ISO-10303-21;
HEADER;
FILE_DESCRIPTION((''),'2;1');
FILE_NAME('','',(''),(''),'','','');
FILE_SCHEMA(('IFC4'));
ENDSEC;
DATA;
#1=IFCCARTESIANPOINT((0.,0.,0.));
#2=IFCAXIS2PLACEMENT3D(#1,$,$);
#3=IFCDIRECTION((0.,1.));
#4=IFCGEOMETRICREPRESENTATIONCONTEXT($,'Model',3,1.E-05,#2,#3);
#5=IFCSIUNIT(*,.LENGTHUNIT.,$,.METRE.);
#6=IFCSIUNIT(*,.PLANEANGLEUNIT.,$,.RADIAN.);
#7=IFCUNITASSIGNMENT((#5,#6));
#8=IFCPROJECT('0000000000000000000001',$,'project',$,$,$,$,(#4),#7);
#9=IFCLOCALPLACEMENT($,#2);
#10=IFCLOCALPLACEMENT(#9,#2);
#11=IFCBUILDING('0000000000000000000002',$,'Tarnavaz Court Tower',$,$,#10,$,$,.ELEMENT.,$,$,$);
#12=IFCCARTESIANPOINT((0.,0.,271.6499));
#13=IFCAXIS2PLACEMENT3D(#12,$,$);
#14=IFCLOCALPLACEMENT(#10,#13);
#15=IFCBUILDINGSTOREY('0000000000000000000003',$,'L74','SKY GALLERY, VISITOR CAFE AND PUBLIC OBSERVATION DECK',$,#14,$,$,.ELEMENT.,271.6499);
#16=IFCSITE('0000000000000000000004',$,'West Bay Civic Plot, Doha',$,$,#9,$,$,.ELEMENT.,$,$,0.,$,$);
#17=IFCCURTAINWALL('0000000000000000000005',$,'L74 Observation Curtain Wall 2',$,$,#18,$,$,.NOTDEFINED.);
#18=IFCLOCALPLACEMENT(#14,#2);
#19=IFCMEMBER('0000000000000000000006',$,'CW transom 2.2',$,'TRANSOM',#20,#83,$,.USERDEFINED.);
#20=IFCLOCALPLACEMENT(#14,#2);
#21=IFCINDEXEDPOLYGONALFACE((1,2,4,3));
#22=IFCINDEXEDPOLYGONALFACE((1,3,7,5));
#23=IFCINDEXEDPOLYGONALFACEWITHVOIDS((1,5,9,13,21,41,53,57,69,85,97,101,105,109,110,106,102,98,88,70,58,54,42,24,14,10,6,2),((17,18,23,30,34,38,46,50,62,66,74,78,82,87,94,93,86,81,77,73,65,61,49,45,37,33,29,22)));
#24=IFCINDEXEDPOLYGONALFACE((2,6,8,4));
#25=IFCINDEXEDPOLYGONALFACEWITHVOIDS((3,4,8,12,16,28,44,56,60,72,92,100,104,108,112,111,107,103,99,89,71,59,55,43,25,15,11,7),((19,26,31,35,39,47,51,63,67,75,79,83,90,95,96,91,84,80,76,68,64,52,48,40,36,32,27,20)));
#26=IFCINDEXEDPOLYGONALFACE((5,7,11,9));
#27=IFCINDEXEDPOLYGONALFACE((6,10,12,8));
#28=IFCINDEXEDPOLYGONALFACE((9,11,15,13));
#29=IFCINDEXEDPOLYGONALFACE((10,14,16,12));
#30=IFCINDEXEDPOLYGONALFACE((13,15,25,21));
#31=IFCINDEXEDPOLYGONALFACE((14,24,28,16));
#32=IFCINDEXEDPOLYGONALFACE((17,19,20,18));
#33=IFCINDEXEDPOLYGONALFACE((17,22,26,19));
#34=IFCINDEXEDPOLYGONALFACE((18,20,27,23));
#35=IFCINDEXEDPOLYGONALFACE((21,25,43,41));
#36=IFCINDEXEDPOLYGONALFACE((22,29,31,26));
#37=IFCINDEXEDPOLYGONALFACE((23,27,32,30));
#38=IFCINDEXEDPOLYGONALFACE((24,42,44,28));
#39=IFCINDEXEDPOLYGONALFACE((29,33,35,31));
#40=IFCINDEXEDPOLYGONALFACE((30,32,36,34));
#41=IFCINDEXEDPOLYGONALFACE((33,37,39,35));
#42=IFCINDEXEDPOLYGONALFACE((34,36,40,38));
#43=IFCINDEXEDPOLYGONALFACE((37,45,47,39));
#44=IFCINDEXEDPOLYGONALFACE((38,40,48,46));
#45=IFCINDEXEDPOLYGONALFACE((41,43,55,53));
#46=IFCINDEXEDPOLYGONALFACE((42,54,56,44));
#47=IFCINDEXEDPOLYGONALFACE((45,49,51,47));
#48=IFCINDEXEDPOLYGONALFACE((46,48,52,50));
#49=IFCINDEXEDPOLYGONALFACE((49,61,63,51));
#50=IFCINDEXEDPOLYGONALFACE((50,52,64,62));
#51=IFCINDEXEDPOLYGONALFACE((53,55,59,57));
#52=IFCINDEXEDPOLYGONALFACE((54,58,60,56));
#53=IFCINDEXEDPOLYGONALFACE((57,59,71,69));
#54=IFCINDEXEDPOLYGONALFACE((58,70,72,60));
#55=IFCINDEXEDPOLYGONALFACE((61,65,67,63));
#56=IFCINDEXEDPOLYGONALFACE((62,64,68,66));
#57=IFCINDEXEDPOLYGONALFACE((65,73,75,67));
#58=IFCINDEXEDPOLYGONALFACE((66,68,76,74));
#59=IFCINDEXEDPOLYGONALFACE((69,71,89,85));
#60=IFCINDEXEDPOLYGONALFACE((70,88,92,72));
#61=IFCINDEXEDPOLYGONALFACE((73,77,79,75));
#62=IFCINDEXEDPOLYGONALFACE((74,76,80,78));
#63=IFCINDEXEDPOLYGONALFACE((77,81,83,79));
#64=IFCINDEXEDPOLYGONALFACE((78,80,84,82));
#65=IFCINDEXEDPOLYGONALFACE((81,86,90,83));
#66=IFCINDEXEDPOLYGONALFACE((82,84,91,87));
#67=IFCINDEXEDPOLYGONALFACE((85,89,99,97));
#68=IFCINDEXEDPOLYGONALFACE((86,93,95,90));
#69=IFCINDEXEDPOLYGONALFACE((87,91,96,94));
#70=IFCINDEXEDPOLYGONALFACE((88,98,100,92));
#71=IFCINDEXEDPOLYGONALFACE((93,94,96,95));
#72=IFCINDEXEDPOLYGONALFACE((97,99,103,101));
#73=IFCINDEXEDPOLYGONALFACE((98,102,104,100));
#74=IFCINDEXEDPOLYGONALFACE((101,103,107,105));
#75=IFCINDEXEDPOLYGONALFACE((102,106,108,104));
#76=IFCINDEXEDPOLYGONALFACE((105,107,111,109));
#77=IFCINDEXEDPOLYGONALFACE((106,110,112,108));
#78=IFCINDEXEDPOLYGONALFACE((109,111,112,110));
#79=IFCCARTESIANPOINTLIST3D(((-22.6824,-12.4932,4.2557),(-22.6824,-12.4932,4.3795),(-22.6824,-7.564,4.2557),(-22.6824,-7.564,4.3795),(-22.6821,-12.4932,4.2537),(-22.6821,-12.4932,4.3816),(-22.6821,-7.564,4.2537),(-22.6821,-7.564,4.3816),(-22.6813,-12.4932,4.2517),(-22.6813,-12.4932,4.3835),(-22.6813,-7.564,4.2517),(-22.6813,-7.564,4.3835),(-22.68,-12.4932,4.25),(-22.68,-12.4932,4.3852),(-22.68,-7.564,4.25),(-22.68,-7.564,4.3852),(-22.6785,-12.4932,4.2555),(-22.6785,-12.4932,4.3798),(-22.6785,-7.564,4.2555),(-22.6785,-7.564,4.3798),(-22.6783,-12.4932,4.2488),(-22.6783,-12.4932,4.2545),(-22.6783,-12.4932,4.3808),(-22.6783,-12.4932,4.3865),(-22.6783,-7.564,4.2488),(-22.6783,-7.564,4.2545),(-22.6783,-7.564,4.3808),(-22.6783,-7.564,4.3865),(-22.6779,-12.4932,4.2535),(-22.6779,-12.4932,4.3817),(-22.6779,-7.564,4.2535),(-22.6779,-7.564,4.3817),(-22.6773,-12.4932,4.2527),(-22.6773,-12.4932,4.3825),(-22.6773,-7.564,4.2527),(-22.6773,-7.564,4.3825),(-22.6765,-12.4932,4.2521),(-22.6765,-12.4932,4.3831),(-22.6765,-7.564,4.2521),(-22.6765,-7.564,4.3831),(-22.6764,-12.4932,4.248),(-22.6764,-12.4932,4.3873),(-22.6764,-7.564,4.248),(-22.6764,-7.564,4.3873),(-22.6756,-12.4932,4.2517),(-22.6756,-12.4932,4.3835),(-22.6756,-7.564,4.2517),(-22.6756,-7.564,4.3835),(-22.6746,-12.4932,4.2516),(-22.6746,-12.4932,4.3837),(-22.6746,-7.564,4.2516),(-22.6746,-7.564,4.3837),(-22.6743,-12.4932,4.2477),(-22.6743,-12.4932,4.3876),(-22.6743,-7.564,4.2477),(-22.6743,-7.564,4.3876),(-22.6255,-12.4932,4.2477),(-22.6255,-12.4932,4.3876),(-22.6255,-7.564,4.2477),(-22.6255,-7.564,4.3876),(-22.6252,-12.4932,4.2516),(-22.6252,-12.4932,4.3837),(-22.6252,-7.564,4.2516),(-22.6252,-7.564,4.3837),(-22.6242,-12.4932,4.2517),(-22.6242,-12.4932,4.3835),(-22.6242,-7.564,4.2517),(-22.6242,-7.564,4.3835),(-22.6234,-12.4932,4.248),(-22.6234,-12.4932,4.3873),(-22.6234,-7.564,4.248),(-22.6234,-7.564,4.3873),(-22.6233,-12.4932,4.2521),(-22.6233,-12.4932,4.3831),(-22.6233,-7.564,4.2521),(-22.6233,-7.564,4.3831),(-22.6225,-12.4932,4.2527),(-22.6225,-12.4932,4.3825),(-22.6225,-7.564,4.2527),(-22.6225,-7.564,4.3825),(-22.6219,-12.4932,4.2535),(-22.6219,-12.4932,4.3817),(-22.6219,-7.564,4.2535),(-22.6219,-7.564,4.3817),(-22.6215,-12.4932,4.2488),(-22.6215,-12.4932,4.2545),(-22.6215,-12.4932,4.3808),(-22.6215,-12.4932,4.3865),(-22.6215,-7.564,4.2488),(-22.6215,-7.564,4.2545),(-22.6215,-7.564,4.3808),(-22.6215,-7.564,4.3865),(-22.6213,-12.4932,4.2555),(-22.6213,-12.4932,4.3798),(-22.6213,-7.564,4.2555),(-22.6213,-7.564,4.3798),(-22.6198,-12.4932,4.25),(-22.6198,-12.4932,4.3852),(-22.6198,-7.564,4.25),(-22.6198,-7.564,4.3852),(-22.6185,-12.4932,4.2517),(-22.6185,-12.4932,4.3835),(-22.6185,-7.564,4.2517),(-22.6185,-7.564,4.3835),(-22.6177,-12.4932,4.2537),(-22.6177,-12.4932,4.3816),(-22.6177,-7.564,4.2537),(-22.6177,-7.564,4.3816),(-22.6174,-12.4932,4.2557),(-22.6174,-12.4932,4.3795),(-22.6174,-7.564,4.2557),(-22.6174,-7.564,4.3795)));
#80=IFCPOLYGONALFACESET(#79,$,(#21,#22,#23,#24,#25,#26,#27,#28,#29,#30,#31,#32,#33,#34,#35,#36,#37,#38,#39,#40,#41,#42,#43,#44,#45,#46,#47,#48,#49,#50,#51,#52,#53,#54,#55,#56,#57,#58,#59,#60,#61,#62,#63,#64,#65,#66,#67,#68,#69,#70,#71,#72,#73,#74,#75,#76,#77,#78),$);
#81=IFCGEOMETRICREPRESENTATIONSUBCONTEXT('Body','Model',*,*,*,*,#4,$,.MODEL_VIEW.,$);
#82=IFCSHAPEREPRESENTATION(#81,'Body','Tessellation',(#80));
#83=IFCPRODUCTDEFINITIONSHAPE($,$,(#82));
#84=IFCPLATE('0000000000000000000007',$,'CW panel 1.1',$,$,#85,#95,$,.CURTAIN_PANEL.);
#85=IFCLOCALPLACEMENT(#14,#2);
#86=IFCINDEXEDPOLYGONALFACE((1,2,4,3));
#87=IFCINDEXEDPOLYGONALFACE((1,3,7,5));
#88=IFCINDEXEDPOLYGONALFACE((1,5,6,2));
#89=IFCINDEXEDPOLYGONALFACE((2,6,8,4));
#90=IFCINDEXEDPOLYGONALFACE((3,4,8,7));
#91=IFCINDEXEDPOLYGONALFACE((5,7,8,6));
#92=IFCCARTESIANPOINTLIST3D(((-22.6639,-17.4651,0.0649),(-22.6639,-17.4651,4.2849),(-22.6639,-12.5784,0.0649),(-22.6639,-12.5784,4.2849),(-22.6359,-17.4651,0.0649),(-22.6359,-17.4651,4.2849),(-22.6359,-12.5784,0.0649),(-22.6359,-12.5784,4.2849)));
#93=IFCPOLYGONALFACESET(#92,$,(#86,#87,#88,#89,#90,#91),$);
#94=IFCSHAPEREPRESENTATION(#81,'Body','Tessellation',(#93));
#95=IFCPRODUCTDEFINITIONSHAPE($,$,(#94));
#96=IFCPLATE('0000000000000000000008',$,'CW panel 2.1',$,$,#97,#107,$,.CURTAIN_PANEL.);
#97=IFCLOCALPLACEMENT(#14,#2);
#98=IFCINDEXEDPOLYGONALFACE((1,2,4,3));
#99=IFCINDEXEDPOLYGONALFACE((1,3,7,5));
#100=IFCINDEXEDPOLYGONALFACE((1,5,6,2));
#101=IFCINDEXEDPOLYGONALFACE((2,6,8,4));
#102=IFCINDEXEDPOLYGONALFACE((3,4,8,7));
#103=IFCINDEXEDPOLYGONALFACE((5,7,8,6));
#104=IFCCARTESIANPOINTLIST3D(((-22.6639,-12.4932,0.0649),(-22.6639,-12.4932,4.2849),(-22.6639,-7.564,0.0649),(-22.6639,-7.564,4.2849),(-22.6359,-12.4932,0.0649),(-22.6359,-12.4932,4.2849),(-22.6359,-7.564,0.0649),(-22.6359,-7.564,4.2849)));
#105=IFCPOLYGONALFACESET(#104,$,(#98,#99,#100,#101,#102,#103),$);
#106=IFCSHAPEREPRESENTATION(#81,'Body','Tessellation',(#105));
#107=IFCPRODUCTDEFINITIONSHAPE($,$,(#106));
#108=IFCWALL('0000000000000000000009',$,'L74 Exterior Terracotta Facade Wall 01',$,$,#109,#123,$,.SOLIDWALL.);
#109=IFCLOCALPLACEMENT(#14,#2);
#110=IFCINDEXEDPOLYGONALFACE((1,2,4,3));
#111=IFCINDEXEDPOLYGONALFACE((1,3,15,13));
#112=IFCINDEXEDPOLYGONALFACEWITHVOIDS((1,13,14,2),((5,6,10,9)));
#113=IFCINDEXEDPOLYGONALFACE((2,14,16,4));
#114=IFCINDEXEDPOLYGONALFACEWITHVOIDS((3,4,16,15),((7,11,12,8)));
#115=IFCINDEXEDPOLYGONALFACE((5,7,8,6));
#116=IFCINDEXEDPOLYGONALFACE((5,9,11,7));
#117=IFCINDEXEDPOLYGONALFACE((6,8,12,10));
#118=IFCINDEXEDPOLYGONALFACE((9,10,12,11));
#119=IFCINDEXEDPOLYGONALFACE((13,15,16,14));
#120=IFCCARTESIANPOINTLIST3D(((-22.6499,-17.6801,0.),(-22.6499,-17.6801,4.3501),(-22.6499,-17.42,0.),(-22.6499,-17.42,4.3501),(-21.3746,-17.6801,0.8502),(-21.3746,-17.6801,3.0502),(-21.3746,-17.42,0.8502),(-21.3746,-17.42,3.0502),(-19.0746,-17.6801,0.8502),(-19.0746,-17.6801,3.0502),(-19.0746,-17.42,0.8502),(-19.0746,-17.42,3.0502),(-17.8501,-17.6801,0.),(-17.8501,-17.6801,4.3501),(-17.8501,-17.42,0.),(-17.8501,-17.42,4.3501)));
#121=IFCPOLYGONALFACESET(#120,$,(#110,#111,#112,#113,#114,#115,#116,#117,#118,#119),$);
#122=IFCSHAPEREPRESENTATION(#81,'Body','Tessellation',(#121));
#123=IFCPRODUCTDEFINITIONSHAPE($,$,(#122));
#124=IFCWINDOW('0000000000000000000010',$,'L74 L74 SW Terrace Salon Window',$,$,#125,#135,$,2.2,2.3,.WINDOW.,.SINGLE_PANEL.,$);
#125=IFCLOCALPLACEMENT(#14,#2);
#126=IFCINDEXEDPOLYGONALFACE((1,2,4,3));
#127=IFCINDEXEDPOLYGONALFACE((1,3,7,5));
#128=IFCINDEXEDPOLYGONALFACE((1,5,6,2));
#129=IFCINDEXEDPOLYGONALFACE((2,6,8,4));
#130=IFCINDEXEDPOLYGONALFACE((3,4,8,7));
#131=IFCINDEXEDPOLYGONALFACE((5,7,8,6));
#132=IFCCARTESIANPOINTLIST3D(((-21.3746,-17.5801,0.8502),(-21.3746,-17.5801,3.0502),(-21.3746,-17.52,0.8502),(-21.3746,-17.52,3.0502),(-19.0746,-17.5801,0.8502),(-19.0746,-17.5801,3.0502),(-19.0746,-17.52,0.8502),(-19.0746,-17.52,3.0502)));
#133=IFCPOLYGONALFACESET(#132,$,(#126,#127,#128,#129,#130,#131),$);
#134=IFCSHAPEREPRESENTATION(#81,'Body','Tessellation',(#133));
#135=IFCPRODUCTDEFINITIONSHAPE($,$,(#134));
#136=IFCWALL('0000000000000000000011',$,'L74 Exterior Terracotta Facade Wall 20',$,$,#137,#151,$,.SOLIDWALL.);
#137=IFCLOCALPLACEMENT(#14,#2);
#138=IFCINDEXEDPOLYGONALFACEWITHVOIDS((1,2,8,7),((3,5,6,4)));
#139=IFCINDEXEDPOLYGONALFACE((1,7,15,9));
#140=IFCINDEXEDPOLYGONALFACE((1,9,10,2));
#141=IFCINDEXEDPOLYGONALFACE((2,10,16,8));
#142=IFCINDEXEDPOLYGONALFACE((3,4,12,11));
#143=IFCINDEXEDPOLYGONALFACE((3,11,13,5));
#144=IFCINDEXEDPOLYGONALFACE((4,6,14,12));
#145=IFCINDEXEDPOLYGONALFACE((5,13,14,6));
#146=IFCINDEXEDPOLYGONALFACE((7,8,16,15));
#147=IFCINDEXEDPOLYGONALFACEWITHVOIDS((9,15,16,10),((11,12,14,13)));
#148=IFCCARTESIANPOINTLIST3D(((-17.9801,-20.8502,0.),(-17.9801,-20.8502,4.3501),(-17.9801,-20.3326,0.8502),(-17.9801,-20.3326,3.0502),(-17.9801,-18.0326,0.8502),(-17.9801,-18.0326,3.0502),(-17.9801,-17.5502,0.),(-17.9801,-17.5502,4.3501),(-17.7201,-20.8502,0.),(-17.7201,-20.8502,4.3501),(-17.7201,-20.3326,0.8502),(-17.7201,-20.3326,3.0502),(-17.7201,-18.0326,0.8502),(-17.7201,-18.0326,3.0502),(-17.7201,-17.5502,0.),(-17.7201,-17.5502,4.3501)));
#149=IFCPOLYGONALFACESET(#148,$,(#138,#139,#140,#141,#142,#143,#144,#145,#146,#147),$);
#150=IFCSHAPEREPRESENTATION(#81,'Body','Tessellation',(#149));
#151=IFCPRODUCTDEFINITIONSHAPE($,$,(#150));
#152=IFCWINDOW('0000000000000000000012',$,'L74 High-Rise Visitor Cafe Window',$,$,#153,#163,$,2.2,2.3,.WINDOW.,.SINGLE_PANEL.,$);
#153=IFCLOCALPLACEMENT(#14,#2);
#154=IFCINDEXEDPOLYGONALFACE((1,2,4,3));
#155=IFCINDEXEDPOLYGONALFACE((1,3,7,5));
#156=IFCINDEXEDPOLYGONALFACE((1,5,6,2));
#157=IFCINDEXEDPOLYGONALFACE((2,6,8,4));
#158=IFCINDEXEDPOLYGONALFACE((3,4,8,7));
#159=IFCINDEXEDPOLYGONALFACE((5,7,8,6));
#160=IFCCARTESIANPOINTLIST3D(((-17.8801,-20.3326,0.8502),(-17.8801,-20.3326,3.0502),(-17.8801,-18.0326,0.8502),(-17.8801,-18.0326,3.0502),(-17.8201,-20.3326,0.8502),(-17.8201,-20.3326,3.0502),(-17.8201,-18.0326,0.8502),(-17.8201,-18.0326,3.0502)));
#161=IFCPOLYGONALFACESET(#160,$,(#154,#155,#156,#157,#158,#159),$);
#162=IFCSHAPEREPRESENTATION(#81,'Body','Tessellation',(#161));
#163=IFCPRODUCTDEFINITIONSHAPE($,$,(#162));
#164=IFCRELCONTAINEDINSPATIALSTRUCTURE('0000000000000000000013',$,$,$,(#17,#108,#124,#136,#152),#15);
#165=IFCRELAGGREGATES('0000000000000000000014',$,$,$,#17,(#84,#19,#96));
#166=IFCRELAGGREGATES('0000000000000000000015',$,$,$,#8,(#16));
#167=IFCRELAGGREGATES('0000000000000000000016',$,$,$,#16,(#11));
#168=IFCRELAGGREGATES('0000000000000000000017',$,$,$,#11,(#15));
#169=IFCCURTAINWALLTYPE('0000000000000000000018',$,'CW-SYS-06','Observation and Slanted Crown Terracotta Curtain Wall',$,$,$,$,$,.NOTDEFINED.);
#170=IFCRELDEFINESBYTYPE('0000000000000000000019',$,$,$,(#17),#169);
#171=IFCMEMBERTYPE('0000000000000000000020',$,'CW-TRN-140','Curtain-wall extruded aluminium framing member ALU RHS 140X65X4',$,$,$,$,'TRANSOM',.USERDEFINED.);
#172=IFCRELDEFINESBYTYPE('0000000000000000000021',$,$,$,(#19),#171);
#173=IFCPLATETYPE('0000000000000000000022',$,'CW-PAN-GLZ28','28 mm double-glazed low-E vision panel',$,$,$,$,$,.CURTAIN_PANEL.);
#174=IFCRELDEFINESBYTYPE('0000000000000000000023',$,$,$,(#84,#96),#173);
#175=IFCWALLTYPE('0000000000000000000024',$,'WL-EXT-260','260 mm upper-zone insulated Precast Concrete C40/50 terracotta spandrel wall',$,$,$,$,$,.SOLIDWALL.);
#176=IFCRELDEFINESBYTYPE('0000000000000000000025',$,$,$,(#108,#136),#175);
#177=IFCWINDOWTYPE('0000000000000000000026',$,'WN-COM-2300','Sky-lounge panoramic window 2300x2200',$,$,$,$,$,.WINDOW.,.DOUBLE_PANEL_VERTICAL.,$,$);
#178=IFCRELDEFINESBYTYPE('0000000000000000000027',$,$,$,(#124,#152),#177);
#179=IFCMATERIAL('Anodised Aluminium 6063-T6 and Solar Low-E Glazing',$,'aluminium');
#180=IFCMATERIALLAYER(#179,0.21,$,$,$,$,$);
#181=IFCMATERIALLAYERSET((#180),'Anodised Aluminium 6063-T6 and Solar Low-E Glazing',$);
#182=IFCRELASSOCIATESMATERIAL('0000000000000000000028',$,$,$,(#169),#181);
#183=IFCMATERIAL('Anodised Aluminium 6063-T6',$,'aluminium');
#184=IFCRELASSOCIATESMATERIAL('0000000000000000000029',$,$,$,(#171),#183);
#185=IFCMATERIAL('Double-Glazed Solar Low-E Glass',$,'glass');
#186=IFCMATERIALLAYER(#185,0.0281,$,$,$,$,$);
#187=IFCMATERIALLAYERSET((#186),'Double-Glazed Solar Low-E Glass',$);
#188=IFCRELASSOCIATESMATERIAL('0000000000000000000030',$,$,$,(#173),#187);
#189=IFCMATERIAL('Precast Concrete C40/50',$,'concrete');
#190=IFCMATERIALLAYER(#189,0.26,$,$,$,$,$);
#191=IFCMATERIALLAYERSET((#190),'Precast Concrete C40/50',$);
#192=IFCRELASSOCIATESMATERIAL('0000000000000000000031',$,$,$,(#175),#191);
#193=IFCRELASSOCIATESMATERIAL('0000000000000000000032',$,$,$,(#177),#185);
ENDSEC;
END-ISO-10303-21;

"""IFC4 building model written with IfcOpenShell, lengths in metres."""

from ifc_helpers import new_model, si_unit, direction, frame, frame_2d, origin, origin_2d, place, context, subcontext, project, spatial, rectangle, hollow_rectangle, extrude, material, layer, layer_set, material_profile, profile_set, type_object, element, fill, aggregate, save


model = new_model("IFC4")

# Units and contexts
model_context = context("Model", 3, precision=1e-05, world=origin(), true_north=direction((0.0, 1.0)))
body_context = subcontext(model_context, "Body", "Model", "MODEL_VIEW")
ifc_project = project(units=[si_unit("LENGTHUNIT", "METRE"), si_unit("PLANEANGLEUNIT", "RADIAN")], contexts=[model_context])

# Site, building, storey
site_placement = place(None, origin())
site = spatial("IfcSite", under=ifc_project, at=site_placement, Name="West Bay Civic Plot, Doha", CompositionType="ELEMENT", RefElevation=0.0)
building_placement = place(site_placement, origin())
building = spatial("IfcBuilding", under=site, at=building_placement, Name="Tarnavaz Court Tower", CompositionType="ELEMENT")
storey_placement = place(building_placement, frame((0.0, 0.0, 271.6499)))
storey = spatial("IfcBuildingStorey", under=building, at=storey_placement, Name="L74", Description="SKY GALLERY, VISITOR CAFE AND PUBLIC OBSERVATION DECK", CompositionType="ELEMENT", Elevation=271.6499)

# Curtain wall, member, plates
ifc_material_1 = material(Name="Anodised Aluminium 6063-T6 and Solar Low-E Glazing", Category="aluminium")
ifc_layer_1 = layer(ifc_material_1, 0.21)
ifc_layer_set_1 = layer_set([ifc_layer_1], Name="Anodised Aluminium 6063-T6 and Solar Low-E Glazing")
curtain_wall_type = type_object("IfcCurtainWallType", Name="CW-SYS-06", Description="Observation and Slanted Crown Terracotta Curtain Wall", PredefinedType="NOTDEFINED", material=ifc_layer_set_1)
curtain_wall_placement = place(storey_placement, origin())
curtain_wall = element("IfcCurtainWall", 1, at=curtain_wall_placement, inside=storey, type_object=curtain_wall_type, Name="L74 Observation Curtain Wall 2", PredefinedType="NOTDEFINED")
ifc_material_2 = material(Name="Anodised Aluminium 6063-T6", Category="aluminium")
ifc_material_profile_1 = material_profile(ifc_material_2, hollow_rectangle(XDim=0.0649, YDim=0.1399, WallThickness=0.0039, InnerFilletRadius=0.0039, OuterFilletRadius=0.0081, at=origin_2d()), Name="ALU RHS 140X65X4")
ifc_profile_set_1 = profile_set([ifc_material_profile_1], Name="Anodised Aluminium 6063-T6")
member_type_1 = type_object("IfcMemberType", Name="CW-TRN-140", Description="Curtain-wall extruded aluminium framing member ALU RHS 140X65X4", ElementType="TRANSOM", PredefinedType="USERDEFINED", material=ifc_profile_set_1)
member_1_placement = place(storey_placement, frame((-22.6499, -12.4932, 4.3176), z_axis=(0.0, 1.0, 0.0), x_axis=(-1.0, 0.0, 0.0)))
member_1 = element("IfcMember", 2, at=member_1_placement, type_object=member_type_1, Name="CW transom 2.2", ObjectType="TRANSOM", PredefinedType="USERDEFINED", context=body_context, shape_type="SweptSolid", body=[
    extrude(hollow_rectangle(XDim=0.0649, YDim=0.1399, WallThickness=0.0039, InnerFilletRadius=0.0039, OuterFilletRadius=0.0081, at=origin_2d()), origin(), (0.0, 0.0, 1.0), 4.9292),
])
ifc_material_3 = material(Name="Double-Glazed Solar Low-E Glass", Category="glass")
ifc_layer_2 = layer(ifc_material_3, 0.0281)
ifc_layer_set_2 = layer_set([ifc_layer_2], Name="Double-Glazed Solar Low-E Glass")
plate_type = type_object("IfcPlateType", Name="CW-PAN-GLZ28", Description="28 mm double-glazed low-E vision panel", PredefinedType="CURTAIN_PANEL", material=ifc_layer_set_2)
plate_1_placement = place(storey_placement, frame((-22.6499, -15.0217, 0.0649), z_axis=(0.0, 0.0, 1.0), x_axis=(0.0, 1.0, 0.0)))
plate_1 = element("IfcPlate", 3, at=plate_1_placement, type_object=plate_type, Name="CW panel 1.1", PredefinedType="CURTAIN_PANEL", context=body_context, shape_type="SweptSolid", body=[
    extrude(rectangle(XDim=4.8867, YDim=0.0281, at=origin_2d()), origin(), (0.0, 0.0, 1.0), 4.22),
])
plate_2_placement = place(storey_placement, frame((-22.6499, -10.0286, 0.0649), z_axis=(0.0, 0.0, 1.0), x_axis=(0.0, 1.0, 0.0)))
plate_2 = element("IfcPlate", 4, at=plate_2_placement, type_object=plate_type, Name="CW panel 2.1", PredefinedType="CURTAIN_PANEL", context=body_context, shape_type="SweptSolid", body=[
    extrude(rectangle(XDim=4.9292, YDim=0.0281, at=origin_2d()), origin(), (0.0, 0.0, 1.0), 4.22),
])
aggregate(curtain_wall, [plate_1, member_1, plate_2])

# Walls, openings, windows
ifc_material_4 = material(Name="Precast Concrete C40/50", Category="concrete")
ifc_layer_3 = layer(ifc_material_4, 0.26)
ifc_layer_set_3 = layer_set([ifc_layer_3], Name="Precast Concrete C40/50")
wall_type_1 = type_object("IfcWallType", Name="WL-EXT-260", Description="260 mm upper-zone insulated Precast Concrete C40/50 terracotta spandrel wall", PredefinedType="SOLIDWALL", material=ifc_layer_set_3)
wall_1_placement = place(storey_placement, frame((-17.8501, -17.55, 0.0), z_axis=(0.0, 0.0, 1.0), x_axis=(-1.0, 0.0, 0.0)))
wall_1 = element("IfcWall", 5, at=wall_1_placement, inside=storey, type_object=wall_type_1, Name="L74 Exterior Terracotta Facade Wall 01", PredefinedType="SOLIDWALL", context=body_context, shape_type="SweptSolid", body=[
    extrude(rectangle(XDim=4.7998, YDim=0.26, at=frame_2d((2.3999, 0.0))), origin(), (0.0, 0.0, 1.0), 4.3501),
])
opening_1_placement = place(wall_1_placement, frame((1.2246, 0.0, 0.8501)))
opening_1 = element("IfcOpeningElement", 6, at=opening_1_placement, cuts=wall_1, PredefinedType="OPENING", context=body_context, shape_type="SweptSolid", body=[
    extrude(rectangle(XDim=2.3, YDim=2.2, at=frame_2d((1.1499, 1.1001))), frame((0.0, 0.1399, 0.0), z_axis=(0.0, -1.0, 0.0), x_axis=(1.0, 0.0, 0.0)), (0.0, 0.0, 1.0), 0.28),
])
window_type = type_object("IfcWindowType", Name="WN-COM-2300", Description="Sky-lounge panoramic window 2300x2200", PartitioningType="DOUBLE_PANEL_VERTICAL", PredefinedType="WINDOW", material=ifc_material_3)
window_1_placement = place(opening_1_placement, origin())
window_1 = element("IfcWindow", 7, at=window_1_placement, inside=storey, type_object=window_type, Name="L74 L74 SW Terrace Salon Window", OverallHeight=2.2, OverallWidth=2.3, PartitioningType="SINGLE_PANEL", PredefinedType="WINDOW", context=body_context, shape_type="SweptSolid", body=[
    extrude(rectangle(XDim=2.3, YDim=2.2, at=frame_2d((1.1499, 1.1001))), frame((0.0, 0.03, 0.0), z_axis=(0.0, -1.0, 0.0), x_axis=(1.0, 0.0, 0.0)), (0.0, 0.0, 1.0), 0.0601),
])
fill(opening_1, window_1)
wall_2_placement = place(storey_placement, frame((-17.8501, -20.8501, 0.0), z_axis=(0.0, 0.0, 1.0), x_axis=(0.0, 1.0, 0.0)))
wall_2 = element("IfcWall", 8, at=wall_2_placement, inside=storey, type_object=wall_type_1, Name="L74 Exterior Terracotta Facade Wall 20", PredefinedType="SOLIDWALL", context=body_context, shape_type="SweptSolid", body=[
    extrude(rectangle(XDim=3.3, YDim=0.26, at=frame_2d((1.6499, 0.0))), origin(), (0.0, 0.0, 1.0), 4.3501),
])
opening_2_placement = place(wall_2_placement, frame((0.5176, 0.0, 0.8501)))
opening_2 = element("IfcOpeningElement", 9, at=opening_2_placement, cuts=wall_2, PredefinedType="OPENING", context=body_context, shape_type="SweptSolid", body=[
    extrude(rectangle(XDim=2.3, YDim=2.2, at=frame_2d((1.1499, 1.1001))), frame((0.0, 0.1399, 0.0), z_axis=(0.0, -1.0, 0.0), x_axis=(1.0, 0.0, 0.0)), (0.0, 0.0, 1.0), 0.28),
])
window_2_placement = place(opening_2_placement, origin())
window_2 = element("IfcWindow", 10, at=window_2_placement, inside=storey, type_object=window_type, Name="L74 High-Rise Visitor Cafe Window", OverallHeight=2.2, OverallWidth=2.3, PartitioningType="SINGLE_PANEL", PredefinedType="WINDOW", context=body_context, shape_type="SweptSolid", body=[
    extrude(rectangle(XDim=2.3, YDim=2.2, at=frame_2d((1.1499, 1.1001))), frame((0.0, 0.03, 0.0), z_axis=(0.0, -1.0, 0.0), x_axis=(1.0, 0.0, 0.0)), (0.0, 0.0, 1.0), 0.0601),
])
fill(opening_2, window_2)

save(model, "model.ifc")
